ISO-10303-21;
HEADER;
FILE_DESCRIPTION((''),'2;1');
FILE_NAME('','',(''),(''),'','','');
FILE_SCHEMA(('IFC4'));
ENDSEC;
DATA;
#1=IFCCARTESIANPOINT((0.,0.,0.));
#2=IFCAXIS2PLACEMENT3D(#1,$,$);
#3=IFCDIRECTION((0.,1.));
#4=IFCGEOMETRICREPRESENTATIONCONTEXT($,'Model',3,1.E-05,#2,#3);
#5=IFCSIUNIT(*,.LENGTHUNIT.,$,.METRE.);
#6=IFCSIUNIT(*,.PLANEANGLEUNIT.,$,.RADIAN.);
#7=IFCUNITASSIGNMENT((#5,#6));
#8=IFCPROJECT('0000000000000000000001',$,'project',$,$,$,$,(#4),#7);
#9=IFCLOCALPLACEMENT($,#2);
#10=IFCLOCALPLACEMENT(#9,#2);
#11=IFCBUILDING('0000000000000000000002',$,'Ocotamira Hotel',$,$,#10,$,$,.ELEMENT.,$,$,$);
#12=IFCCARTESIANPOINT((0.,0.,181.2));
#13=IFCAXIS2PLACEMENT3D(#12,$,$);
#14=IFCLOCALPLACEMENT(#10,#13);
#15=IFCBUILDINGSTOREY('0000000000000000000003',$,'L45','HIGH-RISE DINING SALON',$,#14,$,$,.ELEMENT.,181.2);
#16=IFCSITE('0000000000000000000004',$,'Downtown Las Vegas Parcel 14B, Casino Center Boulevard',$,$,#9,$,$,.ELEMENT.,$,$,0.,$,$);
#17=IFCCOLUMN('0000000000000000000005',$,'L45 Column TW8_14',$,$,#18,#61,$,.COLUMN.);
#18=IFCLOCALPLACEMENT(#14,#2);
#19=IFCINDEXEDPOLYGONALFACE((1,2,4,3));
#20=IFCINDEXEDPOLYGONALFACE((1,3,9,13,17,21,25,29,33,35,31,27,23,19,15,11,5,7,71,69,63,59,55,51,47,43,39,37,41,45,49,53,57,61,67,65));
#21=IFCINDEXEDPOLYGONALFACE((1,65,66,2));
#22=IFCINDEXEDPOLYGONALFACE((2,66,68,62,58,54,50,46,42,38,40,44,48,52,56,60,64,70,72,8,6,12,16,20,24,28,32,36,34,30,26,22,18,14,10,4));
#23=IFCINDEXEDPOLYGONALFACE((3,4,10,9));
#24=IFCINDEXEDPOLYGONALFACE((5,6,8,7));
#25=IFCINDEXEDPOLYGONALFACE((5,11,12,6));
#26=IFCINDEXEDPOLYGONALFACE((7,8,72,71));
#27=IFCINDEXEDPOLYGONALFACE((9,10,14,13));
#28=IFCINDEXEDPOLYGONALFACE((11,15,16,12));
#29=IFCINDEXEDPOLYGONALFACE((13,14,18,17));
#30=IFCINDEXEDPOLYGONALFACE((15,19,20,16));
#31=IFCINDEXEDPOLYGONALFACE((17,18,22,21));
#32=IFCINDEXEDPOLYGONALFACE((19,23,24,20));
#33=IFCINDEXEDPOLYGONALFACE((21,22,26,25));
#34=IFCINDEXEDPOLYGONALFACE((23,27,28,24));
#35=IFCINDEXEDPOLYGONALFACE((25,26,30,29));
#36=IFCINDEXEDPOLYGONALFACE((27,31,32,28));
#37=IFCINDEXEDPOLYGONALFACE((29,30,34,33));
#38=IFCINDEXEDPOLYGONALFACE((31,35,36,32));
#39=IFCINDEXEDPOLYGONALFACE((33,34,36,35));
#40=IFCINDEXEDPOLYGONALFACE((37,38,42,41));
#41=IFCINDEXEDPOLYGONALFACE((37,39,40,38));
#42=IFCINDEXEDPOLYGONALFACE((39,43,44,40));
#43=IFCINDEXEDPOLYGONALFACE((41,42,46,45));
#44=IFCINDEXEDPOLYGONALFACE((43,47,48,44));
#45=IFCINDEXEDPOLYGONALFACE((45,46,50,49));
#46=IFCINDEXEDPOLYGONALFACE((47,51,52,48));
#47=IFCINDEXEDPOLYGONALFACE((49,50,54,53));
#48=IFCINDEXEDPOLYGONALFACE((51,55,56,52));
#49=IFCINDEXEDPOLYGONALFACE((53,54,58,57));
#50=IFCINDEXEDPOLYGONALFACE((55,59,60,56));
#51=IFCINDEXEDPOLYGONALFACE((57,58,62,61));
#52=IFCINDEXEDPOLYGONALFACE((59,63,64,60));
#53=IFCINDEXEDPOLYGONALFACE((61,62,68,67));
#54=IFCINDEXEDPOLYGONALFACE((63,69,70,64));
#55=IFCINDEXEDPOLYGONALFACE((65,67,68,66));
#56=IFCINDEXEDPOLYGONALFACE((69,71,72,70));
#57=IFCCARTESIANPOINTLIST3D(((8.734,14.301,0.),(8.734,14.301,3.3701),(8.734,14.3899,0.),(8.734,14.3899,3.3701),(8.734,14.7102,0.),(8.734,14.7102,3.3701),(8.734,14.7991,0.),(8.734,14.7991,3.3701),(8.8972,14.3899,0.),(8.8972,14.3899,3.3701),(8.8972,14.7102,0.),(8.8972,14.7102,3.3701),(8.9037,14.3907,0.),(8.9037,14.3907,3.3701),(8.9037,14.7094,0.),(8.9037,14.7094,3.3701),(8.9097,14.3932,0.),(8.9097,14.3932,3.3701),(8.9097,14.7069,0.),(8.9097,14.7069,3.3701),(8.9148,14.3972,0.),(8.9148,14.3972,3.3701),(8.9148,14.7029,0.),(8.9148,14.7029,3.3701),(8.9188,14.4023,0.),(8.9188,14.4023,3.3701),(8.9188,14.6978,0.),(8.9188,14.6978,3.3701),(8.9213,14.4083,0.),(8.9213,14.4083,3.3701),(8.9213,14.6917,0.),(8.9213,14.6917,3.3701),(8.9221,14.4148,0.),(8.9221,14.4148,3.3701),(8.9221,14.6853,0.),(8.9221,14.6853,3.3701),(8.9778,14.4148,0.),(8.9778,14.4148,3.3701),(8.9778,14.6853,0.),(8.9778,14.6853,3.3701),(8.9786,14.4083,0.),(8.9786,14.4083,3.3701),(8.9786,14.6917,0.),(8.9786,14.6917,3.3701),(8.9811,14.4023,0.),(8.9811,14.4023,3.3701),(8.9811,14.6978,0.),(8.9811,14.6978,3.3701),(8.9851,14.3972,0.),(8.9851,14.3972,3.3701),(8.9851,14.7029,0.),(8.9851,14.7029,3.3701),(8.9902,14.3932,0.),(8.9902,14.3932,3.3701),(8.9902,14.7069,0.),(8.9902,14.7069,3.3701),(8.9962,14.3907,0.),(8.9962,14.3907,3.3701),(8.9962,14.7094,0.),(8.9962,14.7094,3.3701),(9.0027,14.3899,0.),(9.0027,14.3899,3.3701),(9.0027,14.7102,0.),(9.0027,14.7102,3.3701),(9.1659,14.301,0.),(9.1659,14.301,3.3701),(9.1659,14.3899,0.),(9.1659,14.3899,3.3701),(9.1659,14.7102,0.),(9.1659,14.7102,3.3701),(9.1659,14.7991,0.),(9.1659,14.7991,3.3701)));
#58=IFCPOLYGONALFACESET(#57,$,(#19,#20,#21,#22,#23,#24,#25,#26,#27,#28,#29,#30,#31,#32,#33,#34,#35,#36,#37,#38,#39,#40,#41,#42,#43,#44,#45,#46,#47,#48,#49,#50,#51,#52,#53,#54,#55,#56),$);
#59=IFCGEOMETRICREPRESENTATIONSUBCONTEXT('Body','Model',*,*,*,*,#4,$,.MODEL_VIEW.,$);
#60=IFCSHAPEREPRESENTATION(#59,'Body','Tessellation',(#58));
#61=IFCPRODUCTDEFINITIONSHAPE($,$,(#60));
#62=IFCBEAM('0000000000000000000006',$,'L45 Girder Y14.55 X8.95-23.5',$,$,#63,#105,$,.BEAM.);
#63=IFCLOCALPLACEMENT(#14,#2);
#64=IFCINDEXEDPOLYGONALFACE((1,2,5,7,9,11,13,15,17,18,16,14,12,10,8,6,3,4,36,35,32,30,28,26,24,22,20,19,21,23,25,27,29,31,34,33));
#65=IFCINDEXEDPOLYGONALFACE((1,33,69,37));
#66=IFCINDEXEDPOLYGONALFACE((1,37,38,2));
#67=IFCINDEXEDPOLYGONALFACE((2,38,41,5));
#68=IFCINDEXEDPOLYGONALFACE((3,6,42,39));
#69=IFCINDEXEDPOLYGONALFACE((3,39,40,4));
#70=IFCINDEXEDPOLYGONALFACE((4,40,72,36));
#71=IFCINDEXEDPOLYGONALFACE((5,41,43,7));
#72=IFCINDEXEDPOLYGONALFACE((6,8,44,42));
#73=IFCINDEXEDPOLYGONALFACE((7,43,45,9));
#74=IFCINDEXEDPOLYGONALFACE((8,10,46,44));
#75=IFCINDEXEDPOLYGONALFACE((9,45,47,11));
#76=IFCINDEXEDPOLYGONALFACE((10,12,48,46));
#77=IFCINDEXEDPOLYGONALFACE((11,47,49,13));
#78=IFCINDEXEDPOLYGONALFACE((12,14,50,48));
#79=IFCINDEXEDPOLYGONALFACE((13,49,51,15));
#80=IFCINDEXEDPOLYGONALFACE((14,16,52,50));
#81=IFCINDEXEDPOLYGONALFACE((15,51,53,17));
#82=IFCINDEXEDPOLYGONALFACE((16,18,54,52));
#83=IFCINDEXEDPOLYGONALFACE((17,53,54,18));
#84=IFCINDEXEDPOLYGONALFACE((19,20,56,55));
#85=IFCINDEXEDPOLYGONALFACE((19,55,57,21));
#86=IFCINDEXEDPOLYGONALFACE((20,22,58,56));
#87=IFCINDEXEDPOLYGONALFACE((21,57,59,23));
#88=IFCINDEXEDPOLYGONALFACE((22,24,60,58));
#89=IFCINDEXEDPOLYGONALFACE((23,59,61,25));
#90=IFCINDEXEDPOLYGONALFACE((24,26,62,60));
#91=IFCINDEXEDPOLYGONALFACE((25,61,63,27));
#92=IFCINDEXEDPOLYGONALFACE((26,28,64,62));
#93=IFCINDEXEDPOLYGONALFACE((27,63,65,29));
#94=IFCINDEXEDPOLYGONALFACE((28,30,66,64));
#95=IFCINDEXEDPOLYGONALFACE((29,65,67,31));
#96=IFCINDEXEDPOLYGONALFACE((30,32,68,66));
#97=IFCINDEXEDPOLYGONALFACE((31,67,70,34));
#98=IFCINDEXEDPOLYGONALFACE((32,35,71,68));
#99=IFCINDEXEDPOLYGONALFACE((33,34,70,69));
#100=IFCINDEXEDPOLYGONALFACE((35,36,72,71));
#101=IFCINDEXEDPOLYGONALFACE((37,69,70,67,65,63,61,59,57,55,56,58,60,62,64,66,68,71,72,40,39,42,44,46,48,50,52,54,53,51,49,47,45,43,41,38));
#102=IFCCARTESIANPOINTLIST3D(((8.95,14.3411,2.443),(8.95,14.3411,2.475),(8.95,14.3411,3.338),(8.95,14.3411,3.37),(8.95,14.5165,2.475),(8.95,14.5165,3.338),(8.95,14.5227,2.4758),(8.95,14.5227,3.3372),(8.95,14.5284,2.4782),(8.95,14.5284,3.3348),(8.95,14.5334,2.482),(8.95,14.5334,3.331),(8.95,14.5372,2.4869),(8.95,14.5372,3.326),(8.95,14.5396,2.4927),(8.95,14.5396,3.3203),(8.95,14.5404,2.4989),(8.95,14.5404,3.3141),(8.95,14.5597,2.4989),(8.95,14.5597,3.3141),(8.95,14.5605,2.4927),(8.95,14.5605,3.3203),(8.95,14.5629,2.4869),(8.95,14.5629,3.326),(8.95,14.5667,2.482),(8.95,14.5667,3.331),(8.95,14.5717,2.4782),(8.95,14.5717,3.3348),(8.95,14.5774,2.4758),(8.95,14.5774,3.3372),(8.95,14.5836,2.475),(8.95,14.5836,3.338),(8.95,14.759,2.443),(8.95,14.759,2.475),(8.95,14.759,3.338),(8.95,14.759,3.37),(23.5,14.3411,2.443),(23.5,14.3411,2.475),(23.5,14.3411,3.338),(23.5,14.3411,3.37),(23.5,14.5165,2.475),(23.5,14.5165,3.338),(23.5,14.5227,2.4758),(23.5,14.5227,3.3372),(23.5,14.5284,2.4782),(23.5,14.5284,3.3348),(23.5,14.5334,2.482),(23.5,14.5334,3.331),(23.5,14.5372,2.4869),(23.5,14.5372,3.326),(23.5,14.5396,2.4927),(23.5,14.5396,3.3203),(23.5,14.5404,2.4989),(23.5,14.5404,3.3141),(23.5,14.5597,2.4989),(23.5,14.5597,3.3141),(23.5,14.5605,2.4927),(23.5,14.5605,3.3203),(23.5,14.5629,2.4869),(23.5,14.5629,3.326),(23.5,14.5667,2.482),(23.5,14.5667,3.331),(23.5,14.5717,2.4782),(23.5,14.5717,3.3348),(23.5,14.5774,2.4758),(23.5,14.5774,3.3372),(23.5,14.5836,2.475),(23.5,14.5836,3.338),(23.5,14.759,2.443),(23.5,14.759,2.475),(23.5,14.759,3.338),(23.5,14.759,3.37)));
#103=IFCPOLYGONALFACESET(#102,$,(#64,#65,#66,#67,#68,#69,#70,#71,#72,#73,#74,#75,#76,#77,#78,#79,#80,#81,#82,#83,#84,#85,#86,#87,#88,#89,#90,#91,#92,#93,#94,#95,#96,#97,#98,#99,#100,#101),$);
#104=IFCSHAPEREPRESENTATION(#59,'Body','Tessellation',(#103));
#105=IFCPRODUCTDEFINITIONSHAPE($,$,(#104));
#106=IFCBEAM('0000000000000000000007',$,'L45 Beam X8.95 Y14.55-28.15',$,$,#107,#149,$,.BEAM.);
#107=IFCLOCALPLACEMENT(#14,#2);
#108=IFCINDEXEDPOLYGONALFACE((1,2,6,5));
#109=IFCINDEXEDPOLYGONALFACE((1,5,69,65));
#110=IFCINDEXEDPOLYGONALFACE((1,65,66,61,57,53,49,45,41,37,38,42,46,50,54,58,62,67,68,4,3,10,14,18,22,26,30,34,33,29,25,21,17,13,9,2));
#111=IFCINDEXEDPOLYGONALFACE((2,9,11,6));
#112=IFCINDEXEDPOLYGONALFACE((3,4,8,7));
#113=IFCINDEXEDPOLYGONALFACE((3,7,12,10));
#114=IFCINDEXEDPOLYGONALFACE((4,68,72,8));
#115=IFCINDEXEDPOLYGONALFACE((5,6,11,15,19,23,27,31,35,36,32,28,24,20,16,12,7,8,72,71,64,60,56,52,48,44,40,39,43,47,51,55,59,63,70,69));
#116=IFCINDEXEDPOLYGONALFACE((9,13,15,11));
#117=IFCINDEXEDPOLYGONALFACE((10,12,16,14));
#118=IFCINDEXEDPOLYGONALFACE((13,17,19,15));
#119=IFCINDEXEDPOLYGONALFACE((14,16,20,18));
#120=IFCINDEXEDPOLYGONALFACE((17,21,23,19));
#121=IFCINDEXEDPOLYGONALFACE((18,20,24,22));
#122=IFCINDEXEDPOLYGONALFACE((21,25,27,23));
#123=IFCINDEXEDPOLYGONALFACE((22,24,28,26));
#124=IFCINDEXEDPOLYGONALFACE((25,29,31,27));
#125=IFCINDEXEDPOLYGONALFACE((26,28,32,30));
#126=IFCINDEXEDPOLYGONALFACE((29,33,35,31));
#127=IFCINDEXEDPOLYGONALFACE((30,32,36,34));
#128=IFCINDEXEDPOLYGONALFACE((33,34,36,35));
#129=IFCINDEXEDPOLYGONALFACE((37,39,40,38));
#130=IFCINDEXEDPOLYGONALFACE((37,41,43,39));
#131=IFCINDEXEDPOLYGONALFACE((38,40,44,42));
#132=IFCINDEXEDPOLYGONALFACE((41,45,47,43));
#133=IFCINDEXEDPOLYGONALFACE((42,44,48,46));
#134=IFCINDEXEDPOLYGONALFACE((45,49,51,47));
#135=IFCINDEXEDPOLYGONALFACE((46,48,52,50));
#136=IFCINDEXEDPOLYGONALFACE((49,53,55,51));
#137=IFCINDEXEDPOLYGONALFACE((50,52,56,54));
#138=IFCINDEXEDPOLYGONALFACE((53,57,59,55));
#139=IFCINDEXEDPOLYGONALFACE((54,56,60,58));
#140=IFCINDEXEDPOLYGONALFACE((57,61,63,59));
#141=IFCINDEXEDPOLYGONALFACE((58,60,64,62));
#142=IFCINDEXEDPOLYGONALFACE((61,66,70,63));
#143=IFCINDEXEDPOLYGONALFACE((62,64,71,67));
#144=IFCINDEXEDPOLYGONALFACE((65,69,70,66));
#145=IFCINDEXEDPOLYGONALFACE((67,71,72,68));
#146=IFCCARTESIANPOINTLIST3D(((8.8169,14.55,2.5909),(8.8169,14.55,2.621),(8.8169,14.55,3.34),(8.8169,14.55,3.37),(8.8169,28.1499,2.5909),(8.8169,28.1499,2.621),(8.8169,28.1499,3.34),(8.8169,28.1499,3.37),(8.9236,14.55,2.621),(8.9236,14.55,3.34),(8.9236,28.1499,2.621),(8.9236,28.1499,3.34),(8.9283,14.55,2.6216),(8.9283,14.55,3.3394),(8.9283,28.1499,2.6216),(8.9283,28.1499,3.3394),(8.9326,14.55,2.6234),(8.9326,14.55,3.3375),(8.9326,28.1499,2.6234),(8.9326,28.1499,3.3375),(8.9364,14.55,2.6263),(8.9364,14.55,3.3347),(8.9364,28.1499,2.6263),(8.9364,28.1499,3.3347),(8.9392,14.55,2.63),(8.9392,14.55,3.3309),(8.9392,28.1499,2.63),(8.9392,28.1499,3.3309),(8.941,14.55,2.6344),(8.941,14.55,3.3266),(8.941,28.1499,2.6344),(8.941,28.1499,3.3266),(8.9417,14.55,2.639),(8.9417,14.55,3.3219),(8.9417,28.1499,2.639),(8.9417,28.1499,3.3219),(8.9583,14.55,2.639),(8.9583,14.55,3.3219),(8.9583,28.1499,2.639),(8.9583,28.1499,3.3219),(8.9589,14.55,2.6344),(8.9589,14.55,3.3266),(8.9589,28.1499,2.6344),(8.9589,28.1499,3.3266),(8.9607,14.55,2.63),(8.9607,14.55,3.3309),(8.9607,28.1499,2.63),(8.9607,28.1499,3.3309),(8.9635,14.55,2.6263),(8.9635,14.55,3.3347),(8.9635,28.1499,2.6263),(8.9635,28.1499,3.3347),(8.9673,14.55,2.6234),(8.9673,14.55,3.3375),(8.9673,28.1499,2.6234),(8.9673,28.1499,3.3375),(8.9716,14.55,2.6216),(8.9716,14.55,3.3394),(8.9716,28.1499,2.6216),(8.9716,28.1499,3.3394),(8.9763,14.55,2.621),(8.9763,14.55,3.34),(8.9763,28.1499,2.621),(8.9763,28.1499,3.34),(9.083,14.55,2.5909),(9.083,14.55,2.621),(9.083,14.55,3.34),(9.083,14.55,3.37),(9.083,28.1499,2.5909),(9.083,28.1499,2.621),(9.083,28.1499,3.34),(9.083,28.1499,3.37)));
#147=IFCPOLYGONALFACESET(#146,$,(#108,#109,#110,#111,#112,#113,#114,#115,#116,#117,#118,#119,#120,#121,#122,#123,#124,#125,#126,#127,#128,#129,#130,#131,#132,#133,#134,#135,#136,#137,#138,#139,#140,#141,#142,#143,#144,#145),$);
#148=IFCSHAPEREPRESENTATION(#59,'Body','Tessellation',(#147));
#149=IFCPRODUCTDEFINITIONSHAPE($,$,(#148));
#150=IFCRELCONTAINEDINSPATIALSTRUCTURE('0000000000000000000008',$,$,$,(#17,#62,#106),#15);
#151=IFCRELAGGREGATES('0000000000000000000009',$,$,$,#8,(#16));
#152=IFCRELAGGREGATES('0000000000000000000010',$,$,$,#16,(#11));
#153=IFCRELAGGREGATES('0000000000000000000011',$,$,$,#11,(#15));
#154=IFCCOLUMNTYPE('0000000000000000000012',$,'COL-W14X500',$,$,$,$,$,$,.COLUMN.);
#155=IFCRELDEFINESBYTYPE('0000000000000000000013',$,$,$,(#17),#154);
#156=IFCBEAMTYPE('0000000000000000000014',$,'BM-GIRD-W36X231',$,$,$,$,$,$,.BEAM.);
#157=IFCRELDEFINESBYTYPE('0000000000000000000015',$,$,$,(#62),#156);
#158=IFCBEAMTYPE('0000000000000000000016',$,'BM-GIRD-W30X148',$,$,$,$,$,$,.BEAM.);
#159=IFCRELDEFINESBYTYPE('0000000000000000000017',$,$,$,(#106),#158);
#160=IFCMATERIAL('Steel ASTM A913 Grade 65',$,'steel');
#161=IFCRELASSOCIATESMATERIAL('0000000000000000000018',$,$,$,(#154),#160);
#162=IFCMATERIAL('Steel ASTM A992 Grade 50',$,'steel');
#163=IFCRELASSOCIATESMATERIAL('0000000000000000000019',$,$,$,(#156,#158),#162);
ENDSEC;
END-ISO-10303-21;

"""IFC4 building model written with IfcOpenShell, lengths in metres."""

from ifc_helpers import new_model, si_unit, direction, frame, origin, origin_2d, place, context, subcontext, project, spatial, i_section, extrude, source, transform, mapped, material, material_profile, profile_set, type_object, element, save


model = new_model("IFC4")

# Units and contexts
model_context = context("Model", 3, precision=1e-05, world=origin(), true_north=direction((0.0, 1.0)))
body_context = subcontext(model_context, "Body", "Model", "MODEL_VIEW")
ifc_project = project(units=[si_unit("LENGTHUNIT", "METRE"), si_unit("PLANEANGLEUNIT", "RADIAN")], contexts=[model_context])

# Site, building, storey
site_placement = place(None, origin())
site = spatial("IfcSite", under=ifc_project, at=site_placement, Name="Downtown Las Vegas Parcel 14B, Casino Center Boulevard", CompositionType="ELEMENT", RefElevation=0.0)
building_placement = place(site_placement, origin())
building = spatial("IfcBuilding", under=site, at=building_placement, Name="Ocotamira Hotel", CompositionType="ELEMENT")
storey_placement = place(building_placement, frame((0.0, 0.0, 181.2)))
storey = spatial("IfcBuildingStorey", under=building, at=storey_placement, Name="L45", Description="HIGH-RISE DINING SALON", CompositionType="ELEMENT", Elevation=181.2)

# Column
ifc_material_1 = material(Name="Steel ASTM A913 Grade 65", Category="steel")
ifc_material_profile_1 = material_profile(ifc_material_1, i_section(OverallWidth=0.4319, OverallDepth=0.498, WebThickness=0.0557, FlangeThickness=0.0889, FilletRadius=0.0249, at=origin_2d()), Name="W14X500")
ifc_profile_set_1 = profile_set([ifc_material_profile_1], Name="Steel ASTM A913 Grade 65")
column_type = type_object("IfcColumnType", Name="COL-W14X500", PredefinedType="COLUMN", material=ifc_profile_set_1)
shared_shape_1 = source(origin(), body_context, "Body", "SweptSolid", [
    extrude(i_section(OverallWidth=0.4319, OverallDepth=0.498, WebThickness=0.0557, FlangeThickness=0.0889, FilletRadius=0.0249, at=origin_2d()), origin(), (0.0, 0.0, 1.0), 3.3701),
])
column_placement = place(storey_placement, frame((8.95, 14.55, 0.0), z_axis=(0.0, 0.0, 1.0), x_axis=(1.0, 0.0, 0.0)))
element("IfcColumn", 1, at=column_placement, inside=storey, type_object=column_type, Name="L45 Column TW8_14", PredefinedType="COLUMN", context=body_context, shape_type="MappedRepresentation", body=[
    mapped(shared_shape_1, transform((0.0, 0.0, 0.0), scale=1.0)),
])

# Beams
ifc_material_2 = material(Name="Steel ASTM A992 Grade 50", Category="steel")
ifc_material_profile_2 = material_profile(ifc_material_2, i_section(OverallWidth=0.418, OverallDepth=0.927, WebThickness=0.0193, FlangeThickness=0.032, FilletRadius=0.0239, at=origin_2d()), Name="W36X231")
ifc_profile_set_2 = profile_set([ifc_material_profile_2], Name="Steel ASTM A992 Grade 50")
beam_type_1 = type_object("IfcBeamType", Name="BM-GIRD-W36X231", PredefinedType="BEAM", material=ifc_profile_set_2)
shared_shape_2 = source(origin(), body_context, "Body", "SweptSolid", [
    extrude(i_section(OverallWidth=0.418, OverallDepth=0.927, WebThickness=0.0193, FlangeThickness=0.032, FilletRadius=0.0239, at=origin_2d()), origin(), (0.0, 0.0, 1.0), 14.55),
])
beam_1_placement = place(storey_placement, frame((8.95, 14.55, 2.9065), z_axis=(1.0, 0.0, 0.0), x_axis=(0.0, 1.0, 0.0)))
element("IfcBeam", 2, at=beam_1_placement, inside=storey, type_object=beam_type_1, Name="L45 Girder Y14.55 X8.95-23.5", PredefinedType="BEAM", context=body_context, shape_type="MappedRepresentation", body=[
    mapped(shared_shape_2, transform((0.0, 0.0, 0.0), scale=1.0)),
])
ifc_material_profile_3 = material_profile(ifc_material_2, i_section(OverallWidth=0.2661, OverallDepth=0.7791, WebThickness=0.0166, FlangeThickness=0.03, FilletRadius=0.0181, at=origin_2d()), Name="W30X148")
ifc_profile_set_3 = profile_set([ifc_material_profile_3], Name="Steel ASTM A992 Grade 50")
beam_type_2 = type_object("IfcBeamType", Name="BM-GIRD-W30X148", PredefinedType="BEAM", material=ifc_profile_set_3)
shared_shape_3 = source(origin(), body_context, "Body", "SweptSolid", [
    extrude(i_section(OverallWidth=0.2661, OverallDepth=0.7791, WebThickness=0.0166, FlangeThickness=0.03, FilletRadius=0.0181, at=origin_2d()), origin(), (0.0, 0.0, 1.0), 13.5999),
])
beam_2_placement = place(storey_placement, frame((8.95, 14.55, 2.9805), z_axis=(0.0, 1.0, 0.0), x_axis=(-1.0, 0.0, 0.0)))
element("IfcBeam", 3, at=beam_2_placement, inside=storey, type_object=beam_type_2, Name="L45 Beam X8.95 Y14.55-28.15", PredefinedType="BEAM", context=body_context, shape_type="MappedRepresentation", body=[
    mapped(shared_shape_3, transform((0.0, 0.0, 0.0), scale=1.0)),
])

save(model, "model.ifc")
